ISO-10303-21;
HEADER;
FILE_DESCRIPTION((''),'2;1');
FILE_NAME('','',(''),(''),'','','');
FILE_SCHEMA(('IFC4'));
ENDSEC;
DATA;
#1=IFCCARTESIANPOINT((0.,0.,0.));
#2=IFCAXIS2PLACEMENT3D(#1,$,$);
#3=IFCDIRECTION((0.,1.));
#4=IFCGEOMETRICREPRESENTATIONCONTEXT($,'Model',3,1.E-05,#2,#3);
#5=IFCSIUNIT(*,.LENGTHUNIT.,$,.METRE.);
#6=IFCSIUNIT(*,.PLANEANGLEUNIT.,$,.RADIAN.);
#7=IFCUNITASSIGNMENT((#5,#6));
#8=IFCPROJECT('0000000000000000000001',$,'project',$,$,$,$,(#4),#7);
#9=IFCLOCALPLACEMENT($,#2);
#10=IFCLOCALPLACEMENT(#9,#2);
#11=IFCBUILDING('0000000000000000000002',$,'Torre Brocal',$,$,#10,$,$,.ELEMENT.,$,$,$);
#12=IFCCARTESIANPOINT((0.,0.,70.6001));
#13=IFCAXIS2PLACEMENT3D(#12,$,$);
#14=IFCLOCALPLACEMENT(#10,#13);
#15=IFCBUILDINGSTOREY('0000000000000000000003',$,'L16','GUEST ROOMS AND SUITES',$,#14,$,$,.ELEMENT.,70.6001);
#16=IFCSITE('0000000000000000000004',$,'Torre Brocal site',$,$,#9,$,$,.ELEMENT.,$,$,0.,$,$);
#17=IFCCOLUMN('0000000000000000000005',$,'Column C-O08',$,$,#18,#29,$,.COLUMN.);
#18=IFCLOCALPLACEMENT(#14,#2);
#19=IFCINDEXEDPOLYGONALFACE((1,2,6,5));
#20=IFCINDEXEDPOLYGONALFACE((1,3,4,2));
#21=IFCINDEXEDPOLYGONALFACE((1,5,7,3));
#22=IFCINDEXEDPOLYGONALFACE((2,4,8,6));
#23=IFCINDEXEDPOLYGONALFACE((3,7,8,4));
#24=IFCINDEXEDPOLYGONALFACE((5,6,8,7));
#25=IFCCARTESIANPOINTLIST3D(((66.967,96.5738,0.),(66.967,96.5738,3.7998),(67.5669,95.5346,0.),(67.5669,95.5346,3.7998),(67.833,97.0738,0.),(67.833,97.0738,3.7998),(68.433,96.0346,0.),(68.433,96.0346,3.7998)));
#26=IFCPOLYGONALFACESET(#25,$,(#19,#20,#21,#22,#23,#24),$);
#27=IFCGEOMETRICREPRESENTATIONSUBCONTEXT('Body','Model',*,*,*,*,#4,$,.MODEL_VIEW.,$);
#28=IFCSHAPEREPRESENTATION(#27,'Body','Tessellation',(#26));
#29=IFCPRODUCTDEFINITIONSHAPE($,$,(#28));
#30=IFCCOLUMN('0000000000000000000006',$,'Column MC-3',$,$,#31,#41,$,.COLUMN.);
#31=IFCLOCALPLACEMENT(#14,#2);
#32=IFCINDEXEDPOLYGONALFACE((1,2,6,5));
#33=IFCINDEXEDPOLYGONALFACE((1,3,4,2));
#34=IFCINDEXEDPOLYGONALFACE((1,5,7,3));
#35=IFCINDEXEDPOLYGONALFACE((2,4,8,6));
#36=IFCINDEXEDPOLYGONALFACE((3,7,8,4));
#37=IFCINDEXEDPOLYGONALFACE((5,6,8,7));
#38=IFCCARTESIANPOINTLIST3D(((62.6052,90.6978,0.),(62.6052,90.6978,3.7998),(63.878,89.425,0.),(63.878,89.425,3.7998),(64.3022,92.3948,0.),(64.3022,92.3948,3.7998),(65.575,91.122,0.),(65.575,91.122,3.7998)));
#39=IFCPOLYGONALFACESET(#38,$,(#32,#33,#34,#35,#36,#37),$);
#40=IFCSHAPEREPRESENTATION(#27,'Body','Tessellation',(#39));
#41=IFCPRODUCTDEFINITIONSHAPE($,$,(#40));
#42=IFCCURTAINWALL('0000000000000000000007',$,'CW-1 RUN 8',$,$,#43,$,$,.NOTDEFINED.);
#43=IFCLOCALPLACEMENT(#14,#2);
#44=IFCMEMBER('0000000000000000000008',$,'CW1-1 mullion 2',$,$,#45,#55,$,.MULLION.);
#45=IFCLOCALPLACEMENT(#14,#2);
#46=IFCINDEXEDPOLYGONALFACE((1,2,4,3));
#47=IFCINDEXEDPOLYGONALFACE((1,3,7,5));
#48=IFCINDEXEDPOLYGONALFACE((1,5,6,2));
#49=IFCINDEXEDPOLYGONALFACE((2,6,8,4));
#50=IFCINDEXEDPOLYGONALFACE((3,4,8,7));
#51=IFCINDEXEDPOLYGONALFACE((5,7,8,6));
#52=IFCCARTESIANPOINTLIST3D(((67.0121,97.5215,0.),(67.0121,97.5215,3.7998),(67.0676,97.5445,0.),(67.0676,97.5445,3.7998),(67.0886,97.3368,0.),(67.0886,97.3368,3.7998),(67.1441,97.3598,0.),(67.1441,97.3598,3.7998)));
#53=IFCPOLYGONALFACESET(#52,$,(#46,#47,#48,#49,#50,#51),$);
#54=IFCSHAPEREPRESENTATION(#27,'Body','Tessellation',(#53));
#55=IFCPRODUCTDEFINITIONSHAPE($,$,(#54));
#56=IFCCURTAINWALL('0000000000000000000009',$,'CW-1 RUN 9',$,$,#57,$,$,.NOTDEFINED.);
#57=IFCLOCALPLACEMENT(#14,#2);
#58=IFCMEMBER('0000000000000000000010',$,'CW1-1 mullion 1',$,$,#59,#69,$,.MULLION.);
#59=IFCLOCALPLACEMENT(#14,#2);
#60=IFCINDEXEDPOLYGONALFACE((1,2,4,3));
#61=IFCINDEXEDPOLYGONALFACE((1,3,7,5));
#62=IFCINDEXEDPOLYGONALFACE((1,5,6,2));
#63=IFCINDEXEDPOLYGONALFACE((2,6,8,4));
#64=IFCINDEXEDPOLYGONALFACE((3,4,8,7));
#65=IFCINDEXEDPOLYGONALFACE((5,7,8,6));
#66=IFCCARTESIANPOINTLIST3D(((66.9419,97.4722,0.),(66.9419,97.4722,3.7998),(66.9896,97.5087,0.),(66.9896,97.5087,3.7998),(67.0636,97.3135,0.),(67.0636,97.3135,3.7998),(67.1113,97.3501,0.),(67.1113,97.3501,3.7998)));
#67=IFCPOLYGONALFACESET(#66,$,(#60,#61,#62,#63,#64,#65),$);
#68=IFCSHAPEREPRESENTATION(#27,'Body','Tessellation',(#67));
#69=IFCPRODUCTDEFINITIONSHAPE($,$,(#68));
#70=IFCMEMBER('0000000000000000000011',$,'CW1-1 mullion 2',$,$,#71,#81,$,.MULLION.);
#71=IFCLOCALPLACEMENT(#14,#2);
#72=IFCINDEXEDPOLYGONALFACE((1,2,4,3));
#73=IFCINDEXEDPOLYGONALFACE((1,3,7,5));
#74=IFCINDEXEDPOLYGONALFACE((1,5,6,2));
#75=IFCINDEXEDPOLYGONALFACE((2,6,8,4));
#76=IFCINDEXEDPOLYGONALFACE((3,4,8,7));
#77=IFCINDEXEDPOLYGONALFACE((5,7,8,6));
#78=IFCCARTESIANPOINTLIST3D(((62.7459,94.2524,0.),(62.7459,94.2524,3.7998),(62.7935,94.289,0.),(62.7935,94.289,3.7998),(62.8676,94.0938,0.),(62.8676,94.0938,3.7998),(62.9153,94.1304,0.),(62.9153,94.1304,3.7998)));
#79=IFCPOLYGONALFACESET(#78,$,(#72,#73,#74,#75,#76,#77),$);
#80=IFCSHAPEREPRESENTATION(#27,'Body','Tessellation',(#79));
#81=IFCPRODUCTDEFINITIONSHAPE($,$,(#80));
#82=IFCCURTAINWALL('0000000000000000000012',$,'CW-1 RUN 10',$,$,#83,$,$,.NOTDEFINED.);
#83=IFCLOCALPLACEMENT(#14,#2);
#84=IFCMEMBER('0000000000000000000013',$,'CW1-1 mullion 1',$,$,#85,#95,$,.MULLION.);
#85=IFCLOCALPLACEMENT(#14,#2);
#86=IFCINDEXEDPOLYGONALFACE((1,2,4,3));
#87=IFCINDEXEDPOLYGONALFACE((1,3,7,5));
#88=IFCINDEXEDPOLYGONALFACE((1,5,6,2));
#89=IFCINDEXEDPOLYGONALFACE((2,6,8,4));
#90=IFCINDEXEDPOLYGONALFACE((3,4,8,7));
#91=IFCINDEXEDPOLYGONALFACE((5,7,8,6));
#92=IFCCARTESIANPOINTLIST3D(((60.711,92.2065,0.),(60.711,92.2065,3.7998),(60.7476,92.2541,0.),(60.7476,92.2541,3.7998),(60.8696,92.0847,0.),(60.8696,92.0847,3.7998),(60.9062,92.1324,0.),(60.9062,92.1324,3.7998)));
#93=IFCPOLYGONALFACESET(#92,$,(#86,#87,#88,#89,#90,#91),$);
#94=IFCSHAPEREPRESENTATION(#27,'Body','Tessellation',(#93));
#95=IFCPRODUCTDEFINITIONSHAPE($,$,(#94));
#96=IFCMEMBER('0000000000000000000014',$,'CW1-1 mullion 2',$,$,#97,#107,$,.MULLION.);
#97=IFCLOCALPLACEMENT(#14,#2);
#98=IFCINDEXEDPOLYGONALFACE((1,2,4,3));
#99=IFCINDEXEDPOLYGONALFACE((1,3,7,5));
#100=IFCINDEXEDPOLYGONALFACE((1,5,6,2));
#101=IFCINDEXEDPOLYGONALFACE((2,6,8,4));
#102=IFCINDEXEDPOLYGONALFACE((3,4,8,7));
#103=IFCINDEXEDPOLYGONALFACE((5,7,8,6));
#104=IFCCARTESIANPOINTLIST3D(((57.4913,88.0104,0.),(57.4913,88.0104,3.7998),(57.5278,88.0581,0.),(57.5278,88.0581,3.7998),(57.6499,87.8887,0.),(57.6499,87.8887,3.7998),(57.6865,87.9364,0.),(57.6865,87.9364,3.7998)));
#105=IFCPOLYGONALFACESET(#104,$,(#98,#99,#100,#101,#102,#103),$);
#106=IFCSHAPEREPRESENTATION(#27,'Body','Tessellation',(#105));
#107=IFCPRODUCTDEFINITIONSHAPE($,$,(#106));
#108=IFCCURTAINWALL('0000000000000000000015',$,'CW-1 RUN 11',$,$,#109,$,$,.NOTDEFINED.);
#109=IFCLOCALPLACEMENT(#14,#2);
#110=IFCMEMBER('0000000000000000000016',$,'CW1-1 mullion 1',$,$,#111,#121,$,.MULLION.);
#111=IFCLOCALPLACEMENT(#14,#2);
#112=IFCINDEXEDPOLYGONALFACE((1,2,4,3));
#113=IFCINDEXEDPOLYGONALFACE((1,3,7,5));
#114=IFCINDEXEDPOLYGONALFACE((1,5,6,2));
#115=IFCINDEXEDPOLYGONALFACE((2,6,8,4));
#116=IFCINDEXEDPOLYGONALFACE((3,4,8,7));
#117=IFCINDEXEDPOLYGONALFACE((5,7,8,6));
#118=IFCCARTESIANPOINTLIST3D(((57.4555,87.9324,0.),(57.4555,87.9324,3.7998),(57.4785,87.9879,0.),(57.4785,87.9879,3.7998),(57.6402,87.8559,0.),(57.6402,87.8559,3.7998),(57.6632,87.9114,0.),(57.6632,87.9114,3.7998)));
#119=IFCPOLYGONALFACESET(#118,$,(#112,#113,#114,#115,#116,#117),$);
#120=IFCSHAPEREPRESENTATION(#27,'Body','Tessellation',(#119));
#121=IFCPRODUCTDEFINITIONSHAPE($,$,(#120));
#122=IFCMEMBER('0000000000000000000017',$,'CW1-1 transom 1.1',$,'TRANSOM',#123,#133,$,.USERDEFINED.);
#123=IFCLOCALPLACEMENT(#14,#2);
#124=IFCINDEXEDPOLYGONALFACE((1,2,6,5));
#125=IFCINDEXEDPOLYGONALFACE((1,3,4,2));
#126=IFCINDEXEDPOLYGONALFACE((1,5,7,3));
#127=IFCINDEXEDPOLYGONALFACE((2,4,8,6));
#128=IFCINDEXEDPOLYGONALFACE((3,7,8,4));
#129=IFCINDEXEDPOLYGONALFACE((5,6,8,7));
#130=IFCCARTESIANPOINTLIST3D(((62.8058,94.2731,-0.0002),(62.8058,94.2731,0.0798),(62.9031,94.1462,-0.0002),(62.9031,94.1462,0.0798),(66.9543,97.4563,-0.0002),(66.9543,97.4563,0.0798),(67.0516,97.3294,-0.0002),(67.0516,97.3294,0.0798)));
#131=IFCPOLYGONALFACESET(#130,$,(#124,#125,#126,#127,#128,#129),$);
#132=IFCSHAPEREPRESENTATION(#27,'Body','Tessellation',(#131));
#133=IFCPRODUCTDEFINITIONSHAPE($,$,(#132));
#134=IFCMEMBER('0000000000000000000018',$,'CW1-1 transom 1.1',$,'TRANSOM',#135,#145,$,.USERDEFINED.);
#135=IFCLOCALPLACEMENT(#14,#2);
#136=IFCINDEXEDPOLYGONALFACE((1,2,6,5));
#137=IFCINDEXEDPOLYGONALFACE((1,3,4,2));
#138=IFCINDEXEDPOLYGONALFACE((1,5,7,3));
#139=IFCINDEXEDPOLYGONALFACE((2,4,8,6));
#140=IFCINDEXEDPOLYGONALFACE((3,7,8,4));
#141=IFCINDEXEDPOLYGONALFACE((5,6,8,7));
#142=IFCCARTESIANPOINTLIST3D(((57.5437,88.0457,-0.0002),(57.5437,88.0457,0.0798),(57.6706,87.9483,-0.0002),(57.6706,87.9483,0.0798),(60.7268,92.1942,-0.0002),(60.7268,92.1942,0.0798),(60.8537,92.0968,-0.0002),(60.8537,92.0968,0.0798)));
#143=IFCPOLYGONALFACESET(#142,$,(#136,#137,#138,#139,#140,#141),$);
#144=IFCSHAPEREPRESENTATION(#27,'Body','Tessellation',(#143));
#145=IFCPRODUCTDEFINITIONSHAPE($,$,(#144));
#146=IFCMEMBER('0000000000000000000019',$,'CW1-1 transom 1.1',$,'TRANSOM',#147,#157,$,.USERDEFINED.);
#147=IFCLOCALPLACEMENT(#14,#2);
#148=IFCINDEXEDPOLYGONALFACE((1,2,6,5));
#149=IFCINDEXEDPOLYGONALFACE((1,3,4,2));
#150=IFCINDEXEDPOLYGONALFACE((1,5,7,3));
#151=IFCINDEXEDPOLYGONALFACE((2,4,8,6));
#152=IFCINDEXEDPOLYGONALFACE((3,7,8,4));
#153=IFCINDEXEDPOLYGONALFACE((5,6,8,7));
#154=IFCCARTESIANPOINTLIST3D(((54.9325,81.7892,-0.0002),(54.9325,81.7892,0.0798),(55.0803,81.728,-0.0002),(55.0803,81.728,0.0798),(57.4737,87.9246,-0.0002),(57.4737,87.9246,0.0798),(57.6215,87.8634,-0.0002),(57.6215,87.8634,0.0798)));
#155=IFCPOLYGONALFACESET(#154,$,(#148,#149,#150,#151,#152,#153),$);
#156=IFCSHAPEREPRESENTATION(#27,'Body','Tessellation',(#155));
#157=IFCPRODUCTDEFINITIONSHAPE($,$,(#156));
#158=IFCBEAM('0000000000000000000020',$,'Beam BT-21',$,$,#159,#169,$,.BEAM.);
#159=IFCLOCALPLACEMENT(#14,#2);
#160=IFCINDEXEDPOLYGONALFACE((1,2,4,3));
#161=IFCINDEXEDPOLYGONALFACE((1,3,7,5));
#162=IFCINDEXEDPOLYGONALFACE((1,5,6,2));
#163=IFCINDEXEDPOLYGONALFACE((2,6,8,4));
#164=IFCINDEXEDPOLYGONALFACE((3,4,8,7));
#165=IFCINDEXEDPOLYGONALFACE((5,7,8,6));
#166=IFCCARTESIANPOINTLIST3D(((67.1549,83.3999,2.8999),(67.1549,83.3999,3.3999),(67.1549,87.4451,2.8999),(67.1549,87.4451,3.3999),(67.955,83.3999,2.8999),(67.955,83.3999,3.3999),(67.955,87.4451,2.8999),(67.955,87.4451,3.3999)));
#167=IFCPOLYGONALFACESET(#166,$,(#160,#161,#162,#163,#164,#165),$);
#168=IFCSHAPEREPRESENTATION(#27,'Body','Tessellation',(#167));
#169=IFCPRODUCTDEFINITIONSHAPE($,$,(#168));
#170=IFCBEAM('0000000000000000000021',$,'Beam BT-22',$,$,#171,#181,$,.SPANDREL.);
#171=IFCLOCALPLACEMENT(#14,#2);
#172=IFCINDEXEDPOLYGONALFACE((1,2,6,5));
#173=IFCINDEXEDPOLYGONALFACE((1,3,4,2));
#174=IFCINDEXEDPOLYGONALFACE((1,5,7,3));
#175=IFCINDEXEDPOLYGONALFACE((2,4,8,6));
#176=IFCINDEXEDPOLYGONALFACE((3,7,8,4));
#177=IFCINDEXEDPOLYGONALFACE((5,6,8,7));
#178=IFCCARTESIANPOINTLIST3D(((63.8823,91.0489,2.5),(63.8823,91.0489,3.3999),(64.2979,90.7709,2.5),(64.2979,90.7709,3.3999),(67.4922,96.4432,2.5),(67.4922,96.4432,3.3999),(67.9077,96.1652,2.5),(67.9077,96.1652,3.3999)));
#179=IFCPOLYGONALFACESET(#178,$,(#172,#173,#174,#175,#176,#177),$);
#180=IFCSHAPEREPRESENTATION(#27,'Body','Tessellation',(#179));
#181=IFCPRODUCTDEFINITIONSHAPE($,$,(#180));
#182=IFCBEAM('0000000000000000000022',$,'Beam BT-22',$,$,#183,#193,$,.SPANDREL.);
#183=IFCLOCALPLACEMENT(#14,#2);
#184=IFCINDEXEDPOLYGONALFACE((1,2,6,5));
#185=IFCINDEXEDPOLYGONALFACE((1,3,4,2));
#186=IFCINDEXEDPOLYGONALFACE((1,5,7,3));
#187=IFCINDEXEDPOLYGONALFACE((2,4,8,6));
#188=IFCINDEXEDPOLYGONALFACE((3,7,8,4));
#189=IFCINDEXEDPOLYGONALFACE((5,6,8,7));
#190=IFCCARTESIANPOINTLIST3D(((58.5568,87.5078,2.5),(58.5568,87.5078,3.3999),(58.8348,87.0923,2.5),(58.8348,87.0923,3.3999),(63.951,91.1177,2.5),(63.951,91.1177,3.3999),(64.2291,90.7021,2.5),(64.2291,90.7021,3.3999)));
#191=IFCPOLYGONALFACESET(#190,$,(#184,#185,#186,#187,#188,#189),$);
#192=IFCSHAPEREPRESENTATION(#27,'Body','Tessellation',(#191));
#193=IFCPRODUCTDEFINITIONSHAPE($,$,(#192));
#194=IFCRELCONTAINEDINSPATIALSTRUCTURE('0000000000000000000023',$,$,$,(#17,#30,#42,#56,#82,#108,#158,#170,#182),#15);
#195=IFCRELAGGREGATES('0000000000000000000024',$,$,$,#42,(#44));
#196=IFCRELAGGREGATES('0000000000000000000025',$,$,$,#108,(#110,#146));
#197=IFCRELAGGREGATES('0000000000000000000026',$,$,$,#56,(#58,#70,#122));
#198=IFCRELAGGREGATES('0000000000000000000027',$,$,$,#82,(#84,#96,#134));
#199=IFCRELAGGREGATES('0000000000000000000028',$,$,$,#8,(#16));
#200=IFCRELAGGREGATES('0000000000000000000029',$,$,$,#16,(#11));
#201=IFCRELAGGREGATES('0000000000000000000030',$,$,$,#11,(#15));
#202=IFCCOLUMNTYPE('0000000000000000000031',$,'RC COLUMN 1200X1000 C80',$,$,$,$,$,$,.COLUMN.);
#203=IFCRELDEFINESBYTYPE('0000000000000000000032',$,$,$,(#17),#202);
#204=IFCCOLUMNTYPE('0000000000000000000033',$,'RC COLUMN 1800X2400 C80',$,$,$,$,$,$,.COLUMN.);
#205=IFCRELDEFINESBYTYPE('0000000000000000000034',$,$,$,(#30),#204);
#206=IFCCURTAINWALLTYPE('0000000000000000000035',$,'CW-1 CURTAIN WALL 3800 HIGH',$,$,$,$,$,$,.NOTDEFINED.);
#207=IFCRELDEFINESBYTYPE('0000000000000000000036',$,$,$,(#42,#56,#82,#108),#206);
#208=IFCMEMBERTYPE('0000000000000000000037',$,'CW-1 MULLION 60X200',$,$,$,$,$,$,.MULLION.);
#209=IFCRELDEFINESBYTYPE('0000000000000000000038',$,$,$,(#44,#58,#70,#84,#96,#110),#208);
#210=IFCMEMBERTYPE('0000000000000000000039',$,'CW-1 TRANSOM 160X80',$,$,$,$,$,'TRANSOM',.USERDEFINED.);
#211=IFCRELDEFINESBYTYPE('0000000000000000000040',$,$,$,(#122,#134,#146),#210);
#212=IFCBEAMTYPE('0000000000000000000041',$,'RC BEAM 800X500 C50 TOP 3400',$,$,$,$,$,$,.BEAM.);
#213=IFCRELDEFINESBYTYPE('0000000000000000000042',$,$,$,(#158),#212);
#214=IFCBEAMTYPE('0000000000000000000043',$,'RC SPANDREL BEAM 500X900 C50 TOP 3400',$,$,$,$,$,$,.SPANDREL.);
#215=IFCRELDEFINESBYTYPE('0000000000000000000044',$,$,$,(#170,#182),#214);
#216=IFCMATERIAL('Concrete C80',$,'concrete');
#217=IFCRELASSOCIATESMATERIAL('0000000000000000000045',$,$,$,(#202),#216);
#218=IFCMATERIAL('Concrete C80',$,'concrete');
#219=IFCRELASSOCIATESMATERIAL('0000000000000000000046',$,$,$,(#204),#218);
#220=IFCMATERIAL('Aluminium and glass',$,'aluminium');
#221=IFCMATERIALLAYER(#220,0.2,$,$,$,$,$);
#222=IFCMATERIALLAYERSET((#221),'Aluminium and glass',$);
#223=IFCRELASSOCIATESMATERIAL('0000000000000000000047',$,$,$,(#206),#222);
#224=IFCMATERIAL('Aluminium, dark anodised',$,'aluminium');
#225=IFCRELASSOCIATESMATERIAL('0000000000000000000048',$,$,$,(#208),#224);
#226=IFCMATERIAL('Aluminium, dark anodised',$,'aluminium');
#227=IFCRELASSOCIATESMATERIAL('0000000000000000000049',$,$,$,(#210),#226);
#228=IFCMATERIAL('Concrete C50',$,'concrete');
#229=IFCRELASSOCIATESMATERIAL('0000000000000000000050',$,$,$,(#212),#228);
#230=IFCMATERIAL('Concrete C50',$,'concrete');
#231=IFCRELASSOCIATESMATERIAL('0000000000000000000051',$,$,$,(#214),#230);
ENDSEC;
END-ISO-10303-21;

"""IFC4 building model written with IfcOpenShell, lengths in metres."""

from ifc_helpers import new_model, si_unit, direction, frame, origin, origin_2d, place, context, subcontext, project, spatial, rectangle, extrude, material, layer, layer_set, material_profile, profile_set, type_object, element, aggregate, save


model = new_model("IFC4")

# Units and contexts
model_context = context("Model", 3, precision=1e-05, world=origin(), true_north=direction((0.0, 1.0)))
body_context = subcontext(model_context, "Body", "Model", "MODEL_VIEW")
ifc_project = project(units=[si_unit("LENGTHUNIT", "METRE"), si_unit("PLANEANGLEUNIT", "RADIAN")], contexts=[model_context])

# Site, building, storey
site_placement = place(None, origin())
site = spatial("IfcSite", under=ifc_project, at=site_placement, Name="Torre Brocal site", CompositionType="ELEMENT", RefElevation=0.0)
building_placement = place(site_placement, origin())
building = spatial("IfcBuilding", under=site, at=building_placement, Name="Torre Brocal", CompositionType="ELEMENT")
storey_placement = place(building_placement, frame((0.0, 0.0, 70.6001)))
storey = spatial("IfcBuildingStorey", under=building, at=storey_placement, Name="L16", Description="GUEST ROOMS AND SUITES", CompositionType="ELEMENT", Elevation=70.6001)

# Columns
ifc_material_1 = material(Name="Concrete C80", Category="concrete")
ifc_material_profile_1 = material_profile(ifc_material_1, rectangle(XDim=1.2, YDim=1.0, at=origin_2d()), Name="RC 1200X1000")
ifc_profile_set_1 = profile_set([ifc_material_profile_1], Name="Concrete C80")
column_type_1 = type_object("IfcColumnType", Name="RC COLUMN 1200X1000 C80", PredefinedType="COLUMN", material=ifc_profile_set_1)
column_1_placement = place(storey_placement, frame((67.7, 96.3042, 0.0), z_axis=(0.0, 0.0, 1.0), x_axis=(-0.5, 0.866025, 0.0)))
element("IfcColumn", 1, at=column_1_placement, inside=storey, type_object=column_type_1, Name="Column C-O08", PredefinedType="COLUMN", context=body_context, shape_type="SweptSolid", body=[
    extrude(rectangle(XDim=1.2, YDim=1.0, at=origin_2d()), origin(), (0.0, 0.0, 1.0), 3.7998),
])
ifc_material_2 = material(Name="Concrete C80", Category="concrete")
ifc_material_profile_2 = material_profile(ifc_material_2, rectangle(XDim=1.8, YDim=2.3999, at=origin_2d()), Name="RC 1800X2400")
ifc_profile_set_2 = profile_set([ifc_material_profile_2], Name="Concrete C80")
column_type_2 = type_object("IfcColumnType", Name="RC COLUMN 1800X2400 C80", PredefinedType="COLUMN", material=ifc_profile_set_2)
column_2_placement = place(storey_placement, frame((64.0901, 90.9099, 0.0), z_axis=(0.0, 0.0, 1.0), x_axis=(-0.707107, 0.707107, 0.0)))
element("IfcColumn", 2, at=column_2_placement, inside=storey, type_object=column_type_2, Name="Column MC-3", PredefinedType="COLUMN", context=body_context, shape_type="SweptSolid", body=[
    extrude(rectangle(XDim=1.8, YDim=2.3999, at=origin_2d()), origin(), (0.0, 0.0, 1.0), 3.7998),
])

# Curtain wall, member
ifc_material_3 = material(Name="Aluminium and glass", Category="aluminium")
ifc_layer_1 = layer(ifc_material_3, 0.2)
ifc_layer_set_1 = layer_set([ifc_layer_1], Name="Aluminium and glass")
curtain_wall_type = type_object("IfcCurtainWallType", Name="CW-1 CURTAIN WALL 3800 HIGH", PredefinedType="NOTDEFINED", material=ifc_layer_set_1)
curtain_wall_1_placement = place(storey_placement, origin())
curtain_wall_1 = element("IfcCurtainWall", 3, at=curtain_wall_1_placement, inside=storey, type_object=curtain_wall_type, Name="CW-1 RUN 8", PredefinedType="NOTDEFINED")
ifc_material_4 = material(Name="Aluminium, dark anodised", Category="aluminium")
ifc_material_profile_3 = material_profile(ifc_material_4, rectangle(XDim=0.2, YDim=0.0601, at=origin_2d()), Name="CW-1 MULLION 60X200")
ifc_profile_set_3 = profile_set([ifc_material_profile_3], Name="Aluminium, dark anodised")
member_type_1 = type_object("IfcMemberType", Name="CW-1 MULLION 60X200", PredefinedType="MULLION", material=ifc_profile_set_3)
member_1_placement = place(storey_placement, frame((67.0781, 97.4407, 0.0), z_axis=(0.0, 0.0, 1.0), x_axis=(0.382683, -0.92388, 0.0)))
member_1 = element("IfcMember", 4, at=member_1_placement, type_object=member_type_1, Name="CW1-1 mullion 2", PredefinedType="MULLION", context=body_context, shape_type="SweptSolid", body=[
    extrude(rectangle(XDim=0.2, YDim=0.0601, at=origin_2d()), origin(), (0.0, 0.0, 1.0), 3.7998),
])
aggregate(curtain_wall_1, [member_1])

# Curtain walls, members
curtain_wall_2_placement = place(storey_placement, origin())
curtain_wall_2 = element("IfcCurtainWall", 5, at=curtain_wall_2_placement, inside=storey, type_object=curtain_wall_type, Name="CW-1 RUN 9", PredefinedType="NOTDEFINED")
member_2_placement = place(storey_placement, frame((67.0266, 97.4111, 0.0), z_axis=(0.0, 0.0, 1.0), x_axis=(0.608761, -0.793353, 0.0)))
member_2 = element("IfcMember", 6, at=member_2_placement, type_object=member_type_1, Name="CW1-1 mullion 1", PredefinedType="MULLION", context=body_context, shape_type="SweptSolid", body=[
    extrude(rectangle(XDim=0.2, YDim=0.0601, at=origin_2d()), origin(), (0.0, 0.0, 1.0), 3.7998),
])
member_3_placement = place(storey_placement, frame((62.8306, 94.1914, 0.0), z_axis=(0.0, 0.0, 1.0), x_axis=(0.608761, -0.793353, 0.0)))
member_3 = element("IfcMember", 7, at=member_3_placement, type_object=member_type_1, Name="CW1-1 mullion 2", PredefinedType="MULLION", context=body_context, shape_type="SweptSolid", body=[
    extrude(rectangle(XDim=0.2, YDim=0.0601, at=origin_2d()), origin(), (0.0, 0.0, 1.0), 3.7998),
])
curtain_wall_3_placement = place(storey_placement, origin())
curtain_wall_3 = element("IfcCurtainWall", 8, at=curtain_wall_3_placement, inside=storey, type_object=curtain_wall_type, Name="CW-1 RUN 10", PredefinedType="NOTDEFINED")
member_4_placement = place(storey_placement, frame((60.8086, 92.1694, 0.0), z_axis=(0.0, 0.0, 1.0), x_axis=(0.793353, -0.608761, 0.0)))
member_4 = element("IfcMember", 9, at=member_4_placement, type_object=member_type_1, Name="CW1-1 mullion 1", PredefinedType="MULLION", context=body_context, shape_type="SweptSolid", body=[
    extrude(rectangle(XDim=0.2, YDim=0.0601, at=origin_2d()), origin(), (0.0, 0.0, 1.0), 3.7998),
])
member_5_placement = place(storey_placement, frame((57.5889, 87.9734, 0.0), z_axis=(0.0, 0.0, 1.0), x_axis=(0.793353, -0.608761, 0.0)))
member_5 = element("IfcMember", 10, at=member_5_placement, type_object=member_type_1, Name="CW1-1 mullion 2", PredefinedType="MULLION", context=body_context, shape_type="SweptSolid", body=[
    extrude(rectangle(XDim=0.2, YDim=0.0601, at=origin_2d()), origin(), (0.0, 0.0, 1.0), 3.7998),
])

# Curtain wall, member
curtain_wall_4_placement = place(storey_placement, origin())
curtain_wall_4 = element("IfcCurtainWall", 11, at=curtain_wall_4_placement, inside=storey, type_object=curtain_wall_type, Name="CW-1 RUN 11", PredefinedType="NOTDEFINED")
member_6_placement = place(storey_placement, frame((57.5593, 87.9219, 0.0), z_axis=(0.0, 0.0, 1.0), x_axis=(0.92388, -0.382683, 0.0)))
member_6 = element("IfcMember", 12, at=member_6_placement, type_object=member_type_1, Name="CW1-1 mullion 1", PredefinedType="MULLION", context=body_context, shape_type="SweptSolid", body=[
    extrude(rectangle(XDim=0.2, YDim=0.0601, at=origin_2d()), origin(), (0.0, 0.0, 1.0), 3.7998),
])

# Members
ifc_material_5 = material(Name="Aluminium, dark anodised", Category="aluminium")
ifc_material_profile_4 = material_profile(ifc_material_5, rectangle(XDim=0.1599, YDim=0.0801, at=origin_2d()), Name="CW-1 TRANSOM 160X80")
ifc_profile_set_4 = profile_set([ifc_material_profile_4], Name="Aluminium, dark anodised")
member_type_2 = type_object("IfcMemberType", Name="CW-1 TRANSOM 160X80", ElementType="TRANSOM", PredefinedType="USERDEFINED", material=ifc_profile_set_4)
member_7_placement = place(storey_placement, frame((67.0029, 97.3928, 0.0398), z_axis=(-0.793363, -0.608749, 0.0), x_axis=(0.608749, -0.793363, 0.0)))
member_7 = element("IfcMember", 13, at=member_7_placement, type_object=member_type_2, Name="CW1-1 transom 1.1", ObjectType="TRANSOM", PredefinedType="USERDEFINED", context=body_context, shape_type="SweptSolid", body=[
    extrude(rectangle(XDim=0.1599, YDim=0.0801, at=origin_2d()), origin(), (0.0, 0.0, 1.0), 5.229),
])
member_8_placement = place(storey_placement, frame((60.7903, 92.1455, 0.0398), z_axis=(-0.608749, -0.793363, 0.0), x_axis=(0.793363, -0.608749, 0.0)))
member_8 = element("IfcMember", 14, at=member_8_placement, type_object=member_type_2, Name="CW1-1 transom 1.1", ObjectType="TRANSOM", PredefinedType="USERDEFINED", context=body_context, shape_type="SweptSolid", body=[
    extrude(rectangle(XDim=0.1599, YDim=0.0801, at=origin_2d()), origin(), (0.0, 0.0, 1.0), 5.229),
])
member_9_placement = place(storey_placement, frame((57.5476, 87.894, 0.0398), z_axis=(-0.382665, -0.923887, 0.0), x_axis=(0.923887, -0.382665, 0.0)))
member_9 = element("IfcMember", 15, at=member_9_placement, type_object=member_type_2, Name="CW1-1 transom 1.1", ObjectType="TRANSOM", PredefinedType="USERDEFINED", context=body_context, shape_type="SweptSolid", body=[
    extrude(rectangle(XDim=0.1599, YDim=0.0801, at=origin_2d()), origin(), (0.0, 0.0, 1.0), 6.6409),
])
aggregate(curtain_wall_4, [member_6, member_9])

# Beams
ifc_material_6 = material(Name="Concrete C50", Category="concrete")
ifc_material_profile_5 = material_profile(ifc_material_6, rectangle(XDim=0.8, YDim=0.5, at=origin_2d()), Name="RC 800X500")
ifc_profile_set_5 = profile_set([ifc_material_profile_5], Name="Concrete C50")
beam_type_1 = type_object("IfcBeamType", Name="RC BEAM 800X500 C50 TOP 3400", PredefinedType="BEAM", material=ifc_profile_set_5)
beam_placement = place(storey_placement, frame((67.5549, 87.4451, 3.1499), z_axis=(0.0, -1.0, 0.0), x_axis=(1.0, 0.0, 0.0)))
element("IfcBeam", 16, at=beam_placement, inside=storey, type_object=beam_type_1, Name="Beam BT-21", PredefinedType="BEAM", context=body_context, shape_type="SweptSolid", body=[
    extrude(rectangle(XDim=0.8, YDim=0.5, at=origin_2d()), origin(), (0.0, 0.0, 1.0), 4.0452),
])
ifc_material_7 = material(Name="Concrete C50", Category="concrete")
ifc_material_profile_6 = material_profile(ifc_material_7, rectangle(XDim=0.5, YDim=0.8999, at=origin_2d()), Name="RC 500X900")
ifc_profile_set_6 = profile_set([ifc_material_profile_6], Name="Concrete C50")
beam_type_2 = type_object("IfcBeamType", Name="RC SPANDREL BEAM 500X900 C50 TOP 3400", PredefinedType="SPANDREL", material=ifc_profile_set_6)
for number, where, z_axis, x_axis, name in (
    (17, (67.7, 96.3042, 2.95), (-0.556158, -0.831077, 0.0), (0.831077, -0.556158, 0.0), "Beam BT-22"),
    (18, (64.0901, 90.9099, 2.95), (-0.831077, -0.556158, 0.0), (0.556158, -0.831077, 0.0), "Beam BT-22"),
):
    element("IfcBeam", number, at=place(storey_placement, frame(where, z_axis=z_axis, x_axis=x_axis)), inside=storey, type_object=beam_type_2, Name=name, PredefinedType="SPANDREL", context=body_context, shape_type="SweptSolid", body=[
        extrude(rectangle(XDim=0.5, YDim=0.8999, at=origin_2d()), origin(), (0.0, 0.0, 1.0), 6.4907),
    ])

aggregate(curtain_wall_2, [member_2, member_3, member_7])
aggregate(curtain_wall_3, [member_4, member_5, member_8])

save(model, "model.ifc")
